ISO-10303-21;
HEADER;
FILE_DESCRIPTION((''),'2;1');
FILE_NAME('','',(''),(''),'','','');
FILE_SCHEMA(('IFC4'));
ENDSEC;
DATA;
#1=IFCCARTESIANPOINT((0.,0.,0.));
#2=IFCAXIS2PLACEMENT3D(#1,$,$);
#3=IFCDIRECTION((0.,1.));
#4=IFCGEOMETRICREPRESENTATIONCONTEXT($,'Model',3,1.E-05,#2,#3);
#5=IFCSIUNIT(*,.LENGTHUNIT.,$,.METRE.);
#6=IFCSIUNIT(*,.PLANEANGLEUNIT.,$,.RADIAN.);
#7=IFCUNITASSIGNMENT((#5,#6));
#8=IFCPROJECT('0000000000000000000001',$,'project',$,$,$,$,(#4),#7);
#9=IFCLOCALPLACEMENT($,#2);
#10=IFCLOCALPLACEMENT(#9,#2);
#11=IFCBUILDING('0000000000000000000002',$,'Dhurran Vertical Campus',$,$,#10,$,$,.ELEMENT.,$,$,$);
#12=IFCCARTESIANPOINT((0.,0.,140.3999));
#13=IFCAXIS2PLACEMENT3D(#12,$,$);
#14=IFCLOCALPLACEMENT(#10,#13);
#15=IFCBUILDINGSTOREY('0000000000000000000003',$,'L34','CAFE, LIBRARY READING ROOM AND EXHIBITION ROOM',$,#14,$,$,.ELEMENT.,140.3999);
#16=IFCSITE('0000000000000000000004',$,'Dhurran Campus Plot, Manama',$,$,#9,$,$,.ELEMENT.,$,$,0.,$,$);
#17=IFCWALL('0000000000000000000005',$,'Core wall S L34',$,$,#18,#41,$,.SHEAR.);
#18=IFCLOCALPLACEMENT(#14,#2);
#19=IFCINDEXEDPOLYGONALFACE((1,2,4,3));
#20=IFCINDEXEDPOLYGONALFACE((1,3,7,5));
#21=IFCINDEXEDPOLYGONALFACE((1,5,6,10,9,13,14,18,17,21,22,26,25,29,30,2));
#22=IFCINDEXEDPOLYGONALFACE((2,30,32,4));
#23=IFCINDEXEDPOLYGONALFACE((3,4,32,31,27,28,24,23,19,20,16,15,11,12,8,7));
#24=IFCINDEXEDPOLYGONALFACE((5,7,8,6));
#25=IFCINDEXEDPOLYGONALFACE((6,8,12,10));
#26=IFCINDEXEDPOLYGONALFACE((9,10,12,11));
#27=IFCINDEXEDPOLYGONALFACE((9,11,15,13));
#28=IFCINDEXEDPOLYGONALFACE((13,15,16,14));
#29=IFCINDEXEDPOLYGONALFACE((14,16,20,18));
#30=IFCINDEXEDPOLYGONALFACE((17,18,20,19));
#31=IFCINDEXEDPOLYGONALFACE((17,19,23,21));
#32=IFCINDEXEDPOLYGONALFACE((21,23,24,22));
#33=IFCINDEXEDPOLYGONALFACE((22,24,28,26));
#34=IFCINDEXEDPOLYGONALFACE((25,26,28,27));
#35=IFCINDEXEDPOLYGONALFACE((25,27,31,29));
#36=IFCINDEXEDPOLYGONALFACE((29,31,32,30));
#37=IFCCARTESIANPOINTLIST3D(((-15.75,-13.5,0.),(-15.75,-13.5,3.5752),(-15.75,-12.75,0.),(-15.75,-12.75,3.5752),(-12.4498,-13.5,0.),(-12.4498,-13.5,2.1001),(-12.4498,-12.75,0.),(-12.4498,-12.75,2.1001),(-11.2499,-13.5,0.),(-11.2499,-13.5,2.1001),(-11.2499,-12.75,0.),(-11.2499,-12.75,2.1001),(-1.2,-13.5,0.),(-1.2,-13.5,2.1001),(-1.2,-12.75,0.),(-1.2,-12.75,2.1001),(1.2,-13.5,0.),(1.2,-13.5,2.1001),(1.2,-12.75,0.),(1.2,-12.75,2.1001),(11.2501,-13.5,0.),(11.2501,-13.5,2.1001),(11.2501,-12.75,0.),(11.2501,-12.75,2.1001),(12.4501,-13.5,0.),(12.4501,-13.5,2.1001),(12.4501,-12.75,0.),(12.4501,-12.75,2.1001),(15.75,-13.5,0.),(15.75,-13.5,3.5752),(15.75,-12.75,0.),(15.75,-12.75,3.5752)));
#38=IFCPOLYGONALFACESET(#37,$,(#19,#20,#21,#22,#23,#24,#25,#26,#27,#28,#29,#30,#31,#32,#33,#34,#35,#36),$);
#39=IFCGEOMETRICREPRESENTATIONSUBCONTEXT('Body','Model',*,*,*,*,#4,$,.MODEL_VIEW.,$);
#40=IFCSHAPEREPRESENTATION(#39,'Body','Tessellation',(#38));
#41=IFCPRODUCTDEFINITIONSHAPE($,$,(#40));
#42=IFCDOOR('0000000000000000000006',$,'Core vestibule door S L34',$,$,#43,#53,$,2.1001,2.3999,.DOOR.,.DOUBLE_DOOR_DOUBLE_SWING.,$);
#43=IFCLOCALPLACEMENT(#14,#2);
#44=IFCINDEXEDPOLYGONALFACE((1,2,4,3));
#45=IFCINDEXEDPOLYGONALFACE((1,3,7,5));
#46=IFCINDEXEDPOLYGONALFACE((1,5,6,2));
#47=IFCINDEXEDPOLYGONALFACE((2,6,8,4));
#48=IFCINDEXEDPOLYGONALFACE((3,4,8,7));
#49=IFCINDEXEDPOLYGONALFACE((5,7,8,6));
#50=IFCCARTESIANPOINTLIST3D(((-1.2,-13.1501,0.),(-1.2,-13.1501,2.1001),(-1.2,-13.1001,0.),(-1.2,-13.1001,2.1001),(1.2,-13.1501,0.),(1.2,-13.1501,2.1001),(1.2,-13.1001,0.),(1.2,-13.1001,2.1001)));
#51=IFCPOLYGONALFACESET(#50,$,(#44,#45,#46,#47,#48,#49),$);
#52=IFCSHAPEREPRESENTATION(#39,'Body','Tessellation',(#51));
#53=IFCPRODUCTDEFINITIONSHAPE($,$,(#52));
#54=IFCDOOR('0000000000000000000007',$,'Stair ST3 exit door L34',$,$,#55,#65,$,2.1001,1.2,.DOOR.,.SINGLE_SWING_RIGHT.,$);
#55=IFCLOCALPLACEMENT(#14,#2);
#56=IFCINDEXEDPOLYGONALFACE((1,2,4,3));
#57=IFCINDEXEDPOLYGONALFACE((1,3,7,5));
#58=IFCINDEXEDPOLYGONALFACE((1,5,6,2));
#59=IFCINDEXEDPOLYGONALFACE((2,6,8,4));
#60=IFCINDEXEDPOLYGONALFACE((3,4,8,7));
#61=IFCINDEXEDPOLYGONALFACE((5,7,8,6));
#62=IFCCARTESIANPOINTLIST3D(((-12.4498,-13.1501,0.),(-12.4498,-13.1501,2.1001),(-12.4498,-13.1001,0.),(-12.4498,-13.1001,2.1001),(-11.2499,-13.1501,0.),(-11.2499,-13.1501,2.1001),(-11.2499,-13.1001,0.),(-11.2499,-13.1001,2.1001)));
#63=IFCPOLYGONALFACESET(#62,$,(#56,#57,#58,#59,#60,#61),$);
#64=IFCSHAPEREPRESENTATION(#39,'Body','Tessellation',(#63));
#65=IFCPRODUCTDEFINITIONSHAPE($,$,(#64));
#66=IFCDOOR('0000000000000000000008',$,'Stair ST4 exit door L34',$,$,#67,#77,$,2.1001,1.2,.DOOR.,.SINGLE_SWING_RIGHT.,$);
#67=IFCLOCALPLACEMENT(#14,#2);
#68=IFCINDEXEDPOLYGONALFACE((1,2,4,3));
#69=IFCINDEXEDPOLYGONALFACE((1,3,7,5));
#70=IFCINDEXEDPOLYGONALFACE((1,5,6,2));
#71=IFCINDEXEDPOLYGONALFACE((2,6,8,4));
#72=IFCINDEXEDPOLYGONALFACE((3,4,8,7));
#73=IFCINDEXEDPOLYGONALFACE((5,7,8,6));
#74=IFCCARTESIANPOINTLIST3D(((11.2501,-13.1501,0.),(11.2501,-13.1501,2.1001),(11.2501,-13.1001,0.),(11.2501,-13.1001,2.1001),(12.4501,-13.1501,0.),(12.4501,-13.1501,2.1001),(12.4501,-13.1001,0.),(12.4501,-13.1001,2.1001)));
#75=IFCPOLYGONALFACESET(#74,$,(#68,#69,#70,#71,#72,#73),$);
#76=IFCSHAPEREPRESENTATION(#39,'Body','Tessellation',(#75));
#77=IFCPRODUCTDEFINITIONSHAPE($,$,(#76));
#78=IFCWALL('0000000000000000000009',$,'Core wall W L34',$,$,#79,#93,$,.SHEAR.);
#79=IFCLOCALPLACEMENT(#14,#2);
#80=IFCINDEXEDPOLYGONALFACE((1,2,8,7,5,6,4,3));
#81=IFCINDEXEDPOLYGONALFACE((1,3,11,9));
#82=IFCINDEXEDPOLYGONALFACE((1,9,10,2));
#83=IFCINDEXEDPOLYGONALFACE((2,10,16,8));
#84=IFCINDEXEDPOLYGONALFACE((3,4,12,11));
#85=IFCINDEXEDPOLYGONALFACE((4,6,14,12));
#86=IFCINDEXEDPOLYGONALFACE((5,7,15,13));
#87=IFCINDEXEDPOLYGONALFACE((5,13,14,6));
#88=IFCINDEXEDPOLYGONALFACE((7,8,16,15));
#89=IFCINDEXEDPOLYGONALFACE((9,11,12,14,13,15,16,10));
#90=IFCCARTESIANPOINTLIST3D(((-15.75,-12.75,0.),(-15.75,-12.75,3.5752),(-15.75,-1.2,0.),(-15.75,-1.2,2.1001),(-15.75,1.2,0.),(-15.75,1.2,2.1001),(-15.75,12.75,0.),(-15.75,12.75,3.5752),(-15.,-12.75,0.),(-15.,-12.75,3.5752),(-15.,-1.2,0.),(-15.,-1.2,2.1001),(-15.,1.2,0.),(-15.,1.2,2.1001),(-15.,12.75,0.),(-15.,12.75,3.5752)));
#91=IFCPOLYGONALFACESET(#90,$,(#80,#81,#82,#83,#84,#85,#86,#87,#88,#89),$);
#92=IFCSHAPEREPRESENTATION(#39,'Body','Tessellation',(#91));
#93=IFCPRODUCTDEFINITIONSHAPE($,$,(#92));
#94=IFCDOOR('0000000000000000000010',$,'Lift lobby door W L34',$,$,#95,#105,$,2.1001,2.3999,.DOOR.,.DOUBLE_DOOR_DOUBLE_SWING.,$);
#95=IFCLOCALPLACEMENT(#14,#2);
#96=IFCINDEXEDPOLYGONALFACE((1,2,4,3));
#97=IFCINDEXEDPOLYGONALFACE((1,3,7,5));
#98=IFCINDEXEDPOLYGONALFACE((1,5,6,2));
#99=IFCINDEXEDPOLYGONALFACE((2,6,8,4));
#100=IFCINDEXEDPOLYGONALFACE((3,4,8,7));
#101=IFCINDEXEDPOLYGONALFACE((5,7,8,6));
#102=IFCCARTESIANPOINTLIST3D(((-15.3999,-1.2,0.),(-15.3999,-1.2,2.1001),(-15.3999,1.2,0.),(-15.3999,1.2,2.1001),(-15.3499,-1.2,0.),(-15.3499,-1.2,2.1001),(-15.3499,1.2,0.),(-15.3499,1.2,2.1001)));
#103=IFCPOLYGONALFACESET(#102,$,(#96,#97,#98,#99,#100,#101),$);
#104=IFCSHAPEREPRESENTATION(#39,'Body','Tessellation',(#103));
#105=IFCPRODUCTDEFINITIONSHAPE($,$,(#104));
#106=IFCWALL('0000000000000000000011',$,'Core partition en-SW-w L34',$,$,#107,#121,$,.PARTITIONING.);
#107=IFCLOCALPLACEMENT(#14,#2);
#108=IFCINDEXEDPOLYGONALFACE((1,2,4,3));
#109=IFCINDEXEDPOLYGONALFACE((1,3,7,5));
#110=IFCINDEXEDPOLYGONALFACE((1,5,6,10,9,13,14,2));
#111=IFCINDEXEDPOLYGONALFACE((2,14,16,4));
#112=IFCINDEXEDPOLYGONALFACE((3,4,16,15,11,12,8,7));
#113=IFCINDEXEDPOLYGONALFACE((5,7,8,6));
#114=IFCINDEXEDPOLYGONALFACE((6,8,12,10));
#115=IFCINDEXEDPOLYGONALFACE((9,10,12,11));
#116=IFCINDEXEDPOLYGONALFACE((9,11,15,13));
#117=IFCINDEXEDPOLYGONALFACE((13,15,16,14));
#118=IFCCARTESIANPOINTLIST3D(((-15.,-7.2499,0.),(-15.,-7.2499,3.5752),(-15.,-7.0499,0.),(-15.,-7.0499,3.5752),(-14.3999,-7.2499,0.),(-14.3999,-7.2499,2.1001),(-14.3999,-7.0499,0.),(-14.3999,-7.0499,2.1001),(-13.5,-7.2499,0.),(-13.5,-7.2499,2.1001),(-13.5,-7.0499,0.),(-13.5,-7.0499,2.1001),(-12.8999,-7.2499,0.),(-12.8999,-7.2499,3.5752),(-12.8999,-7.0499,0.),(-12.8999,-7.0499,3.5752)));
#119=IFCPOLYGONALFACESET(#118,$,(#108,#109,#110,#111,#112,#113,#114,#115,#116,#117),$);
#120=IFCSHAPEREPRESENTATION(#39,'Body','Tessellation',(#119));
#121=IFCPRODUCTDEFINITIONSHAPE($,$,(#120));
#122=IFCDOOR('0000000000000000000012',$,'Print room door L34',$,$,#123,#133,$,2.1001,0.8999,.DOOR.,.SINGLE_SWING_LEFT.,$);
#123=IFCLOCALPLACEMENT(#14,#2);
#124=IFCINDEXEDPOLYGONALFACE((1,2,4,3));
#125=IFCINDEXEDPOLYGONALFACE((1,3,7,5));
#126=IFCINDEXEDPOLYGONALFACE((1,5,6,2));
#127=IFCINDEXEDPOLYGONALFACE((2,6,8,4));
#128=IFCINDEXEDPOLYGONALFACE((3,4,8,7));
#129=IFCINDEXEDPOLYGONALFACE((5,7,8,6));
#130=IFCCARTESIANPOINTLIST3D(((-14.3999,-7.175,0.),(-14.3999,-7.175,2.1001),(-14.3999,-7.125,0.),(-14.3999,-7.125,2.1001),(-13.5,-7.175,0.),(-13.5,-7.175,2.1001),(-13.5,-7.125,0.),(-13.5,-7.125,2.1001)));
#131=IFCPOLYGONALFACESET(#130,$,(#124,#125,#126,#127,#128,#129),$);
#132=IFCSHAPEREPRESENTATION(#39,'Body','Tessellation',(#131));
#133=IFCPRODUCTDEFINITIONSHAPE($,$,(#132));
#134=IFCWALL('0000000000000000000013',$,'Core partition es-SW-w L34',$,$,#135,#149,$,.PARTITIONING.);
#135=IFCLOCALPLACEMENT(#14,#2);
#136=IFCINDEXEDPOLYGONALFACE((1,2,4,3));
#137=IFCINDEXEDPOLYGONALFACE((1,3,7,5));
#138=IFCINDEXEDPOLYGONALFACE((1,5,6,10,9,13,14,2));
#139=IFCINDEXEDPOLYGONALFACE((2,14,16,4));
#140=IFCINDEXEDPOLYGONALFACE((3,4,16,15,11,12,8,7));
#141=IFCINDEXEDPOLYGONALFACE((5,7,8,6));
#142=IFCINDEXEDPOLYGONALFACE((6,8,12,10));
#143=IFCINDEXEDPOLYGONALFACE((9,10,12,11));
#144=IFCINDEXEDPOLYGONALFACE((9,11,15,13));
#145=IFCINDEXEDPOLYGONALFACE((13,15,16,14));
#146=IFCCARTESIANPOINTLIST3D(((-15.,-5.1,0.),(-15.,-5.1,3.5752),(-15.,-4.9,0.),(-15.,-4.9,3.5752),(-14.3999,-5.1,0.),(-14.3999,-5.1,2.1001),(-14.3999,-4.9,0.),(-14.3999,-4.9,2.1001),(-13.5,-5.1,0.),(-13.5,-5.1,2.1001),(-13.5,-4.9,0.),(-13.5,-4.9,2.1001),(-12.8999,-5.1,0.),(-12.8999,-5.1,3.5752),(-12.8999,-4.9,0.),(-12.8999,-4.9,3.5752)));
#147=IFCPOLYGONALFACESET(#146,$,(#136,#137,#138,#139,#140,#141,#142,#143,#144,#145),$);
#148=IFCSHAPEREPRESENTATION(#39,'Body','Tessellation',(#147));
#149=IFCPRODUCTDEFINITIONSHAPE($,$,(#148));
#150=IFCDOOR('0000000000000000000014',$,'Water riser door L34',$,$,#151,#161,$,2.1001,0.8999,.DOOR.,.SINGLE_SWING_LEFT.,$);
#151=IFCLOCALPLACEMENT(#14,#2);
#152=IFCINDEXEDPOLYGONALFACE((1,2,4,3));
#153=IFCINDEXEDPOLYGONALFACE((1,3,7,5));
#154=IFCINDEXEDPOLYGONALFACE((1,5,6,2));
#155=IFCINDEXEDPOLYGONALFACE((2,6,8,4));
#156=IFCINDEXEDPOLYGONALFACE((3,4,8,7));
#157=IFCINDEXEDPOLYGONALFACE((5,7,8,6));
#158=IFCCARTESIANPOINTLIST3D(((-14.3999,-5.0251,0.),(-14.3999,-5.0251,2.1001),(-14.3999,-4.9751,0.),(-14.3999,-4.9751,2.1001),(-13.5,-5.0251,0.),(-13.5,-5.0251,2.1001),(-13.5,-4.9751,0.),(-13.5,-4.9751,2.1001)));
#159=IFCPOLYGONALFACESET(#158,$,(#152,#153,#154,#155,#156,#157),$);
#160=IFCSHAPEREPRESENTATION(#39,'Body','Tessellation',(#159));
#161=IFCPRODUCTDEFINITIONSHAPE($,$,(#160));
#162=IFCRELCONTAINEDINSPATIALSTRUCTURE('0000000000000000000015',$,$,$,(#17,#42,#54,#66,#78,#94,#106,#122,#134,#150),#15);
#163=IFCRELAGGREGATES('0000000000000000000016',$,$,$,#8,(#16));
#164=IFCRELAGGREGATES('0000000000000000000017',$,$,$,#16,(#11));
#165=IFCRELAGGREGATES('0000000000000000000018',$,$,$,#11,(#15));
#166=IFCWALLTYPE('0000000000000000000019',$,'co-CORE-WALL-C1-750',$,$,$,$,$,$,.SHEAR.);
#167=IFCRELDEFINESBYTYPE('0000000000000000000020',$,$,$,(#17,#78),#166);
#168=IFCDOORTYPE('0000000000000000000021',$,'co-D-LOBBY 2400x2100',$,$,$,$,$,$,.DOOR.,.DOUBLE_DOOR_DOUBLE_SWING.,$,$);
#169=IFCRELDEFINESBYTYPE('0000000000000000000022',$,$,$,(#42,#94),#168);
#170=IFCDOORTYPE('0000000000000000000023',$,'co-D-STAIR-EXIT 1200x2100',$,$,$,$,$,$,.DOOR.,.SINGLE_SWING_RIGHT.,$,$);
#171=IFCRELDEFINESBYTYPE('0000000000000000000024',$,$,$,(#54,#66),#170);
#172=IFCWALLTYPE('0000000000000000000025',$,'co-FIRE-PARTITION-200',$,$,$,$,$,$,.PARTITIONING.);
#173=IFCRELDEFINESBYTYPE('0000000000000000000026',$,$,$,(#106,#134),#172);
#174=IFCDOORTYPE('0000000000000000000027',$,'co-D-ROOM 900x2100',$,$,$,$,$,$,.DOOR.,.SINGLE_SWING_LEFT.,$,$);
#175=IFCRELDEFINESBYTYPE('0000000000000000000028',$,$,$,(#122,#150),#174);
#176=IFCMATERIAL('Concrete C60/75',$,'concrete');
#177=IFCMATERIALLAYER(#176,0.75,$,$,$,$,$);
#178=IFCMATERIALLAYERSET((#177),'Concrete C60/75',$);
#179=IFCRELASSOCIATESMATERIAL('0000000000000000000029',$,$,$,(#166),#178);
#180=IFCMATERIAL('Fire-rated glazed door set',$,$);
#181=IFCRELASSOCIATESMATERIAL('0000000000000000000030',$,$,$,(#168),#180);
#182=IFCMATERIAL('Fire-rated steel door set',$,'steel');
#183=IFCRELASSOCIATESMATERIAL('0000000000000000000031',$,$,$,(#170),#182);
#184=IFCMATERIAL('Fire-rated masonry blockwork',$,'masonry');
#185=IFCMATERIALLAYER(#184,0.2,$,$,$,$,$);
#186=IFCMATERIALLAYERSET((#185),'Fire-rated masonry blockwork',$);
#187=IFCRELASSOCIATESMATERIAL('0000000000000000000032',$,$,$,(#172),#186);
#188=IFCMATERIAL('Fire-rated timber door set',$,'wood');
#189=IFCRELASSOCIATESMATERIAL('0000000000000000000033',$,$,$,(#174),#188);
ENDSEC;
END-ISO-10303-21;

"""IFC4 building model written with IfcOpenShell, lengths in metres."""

from ifc_helpers import new_model, si_unit, direction, frame, frame_2d, origin, place, context, subcontext, project, spatial, rectangle, extrude, material, layer, layer_set, type_object, element, fill, save


model = new_model("IFC4")

# Units and contexts
model_context = context("Model", 3, precision=1e-05, world=origin(), true_north=direction((0.0, 1.0)))
body_context = subcontext(model_context, "Body", "Model", "MODEL_VIEW")
ifc_project = project(units=[si_unit("LENGTHUNIT", "METRE"), si_unit("PLANEANGLEUNIT", "RADIAN")], contexts=[model_context])

# Site, building, storey
site_placement = place(None, origin())
site = spatial("IfcSite", under=ifc_project, at=site_placement, Name="Dhurran Campus Plot, Manama", CompositionType="ELEMENT", RefElevation=0.0)
building_placement = place(site_placement, origin())
building = spatial("IfcBuilding", under=site, at=building_placement, Name="Dhurran Vertical Campus", CompositionType="ELEMENT")
storey_placement = place(building_placement, frame((0.0, 0.0, 140.3999)))
storey = spatial("IfcBuildingStorey", under=building, at=storey_placement, Name="L34", Description="CAFE, LIBRARY READING ROOM AND EXHIBITION ROOM", CompositionType="ELEMENT", Elevation=140.3999)

# Wall, openings, doors
ifc_material_1 = material(Name="Concrete C60/75", Category="concrete")
ifc_layer_1 = layer(ifc_material_1, 0.75)
ifc_layer_set_1 = layer_set([ifc_layer_1], Name="Concrete C60/75")
wall_type_1 = type_object("IfcWallType", Name="co-CORE-WALL-C1-750", PredefinedType="SHEAR", material=ifc_layer_set_1)
wall_1_placement = place(storey_placement, frame((-15.75, -13.125, 0.0), z_axis=(0.0, 0.0, 1.0), x_axis=(1.0, 0.0, 0.0)))
wall_1 = element("IfcWall", 1, at=wall_1_placement, inside=storey, type_object=wall_type_1, Name="Core wall S L34", PredefinedType="SHEAR", context=body_context, shape_type="SweptSolid", body=[
    extrude(rectangle(XDim=31.5, YDim=0.75, at=frame_2d((15.75, 0.0))), origin(), (0.0, 0.0, 1.0), 3.5752),
])
opening_1_placement = place(wall_1_placement, frame((14.55, 0.0, 0.0)))
opening_1 = element("IfcOpeningElement", 2, at=opening_1_placement, cuts=wall_1, PredefinedType="OPENING", context=body_context, shape_type="SweptSolid", body=[
    extrude(rectangle(XDim=2.3999, YDim=2.1001, at=frame_2d((1.2, 1.05))), frame((0.0, 0.385, 0.0), z_axis=(0.0, -1.0, 0.0), x_axis=(1.0, 0.0, 0.0)), (0.0, 0.0, 1.0), 0.77),
])
opening_2_placement = place(wall_1_placement, frame((3.3, 0.0, 0.0)))
opening_2 = element("IfcOpeningElement", 3, at=opening_2_placement, cuts=wall_1, PredefinedType="OPENING", context=body_context, shape_type="SweptSolid", body=[
    extrude(rectangle(XDim=1.2, YDim=2.1001, at=frame_2d((0.6001, 1.05))), frame((0.0, 0.385, 0.0), z_axis=(0.0, -1.0, 0.0), x_axis=(1.0, 0.0, 0.0)), (0.0, 0.0, 1.0), 0.77),
])
opening_3_placement = place(wall_1_placement, frame((27.0, 0.0, 0.0)))
opening_3 = element("IfcOpeningElement", 4, at=opening_3_placement, cuts=wall_1, PredefinedType="OPENING", context=body_context, shape_type="SweptSolid", body=[
    extrude(rectangle(XDim=1.2, YDim=2.1001, at=frame_2d((0.6001, 1.05))), frame((0.0, 0.385, 0.0), z_axis=(0.0, -1.0, 0.0), x_axis=(1.0, 0.0, 0.0)), (0.0, 0.0, 1.0), 0.77),
])
ifc_material_2 = material(Name="Fire-rated glazed door set")
door_type_1 = type_object("IfcDoorType", Name="co-D-LOBBY 2400x2100", OperationType="DOUBLE_DOOR_DOUBLE_SWING", PredefinedType="DOOR", material=ifc_material_2)
door_1_placement = place(opening_1_placement, origin())
door_1 = element("IfcDoor", 5, at=door_1_placement, inside=storey, type_object=door_type_1, Name="Core vestibule door S L34", OperationType="DOUBLE_DOOR_DOUBLE_SWING", OverallHeight=2.1001, OverallWidth=2.3999, PredefinedType="DOOR", context=body_context, shape_type="SweptSolid", body=[
    extrude(rectangle(XDim=2.3999, YDim=2.1001, at=frame_2d((1.2, 1.05))), frame((0.0, 0.0249, 0.0), z_axis=(0.0, -1.0, 0.0), x_axis=(1.0, 0.0, 0.0)), (0.0, 0.0, 1.0), 0.05),
])
fill(opening_1, door_1)
ifc_material_3 = material(Name="Fire-rated steel door set", Category="steel")
door_type_2 = type_object("IfcDoorType", Name="co-D-STAIR-EXIT 1200x2100", OperationType="SINGLE_SWING_RIGHT", PredefinedType="DOOR", material=ifc_material_3)
door_2_placement = place(opening_2_placement, origin())
door_2 = element("IfcDoor", 6, at=door_2_placement, inside=storey, type_object=door_type_2, Name="Stair ST3 exit door L34", OperationType="SINGLE_SWING_RIGHT", OverallHeight=2.1001, OverallWidth=1.2, PredefinedType="DOOR", context=body_context, shape_type="SweptSolid", body=[
    extrude(rectangle(XDim=1.2, YDim=2.1001, at=frame_2d((0.6001, 1.05))), frame((0.0, 0.0249, 0.0), z_axis=(0.0, -1.0, 0.0), x_axis=(1.0, 0.0, 0.0)), (0.0, 0.0, 1.0), 0.05),
])
fill(opening_2, door_2)
door_3_placement = place(opening_3_placement, origin())
door_3 = element("IfcDoor", 7, at=door_3_placement, inside=storey, type_object=door_type_2, Name="Stair ST4 exit door L34", OperationType="SINGLE_SWING_RIGHT", OverallHeight=2.1001, OverallWidth=1.2, PredefinedType="DOOR", context=body_context, shape_type="SweptSolid", body=[
    extrude(rectangle(XDim=1.2, YDim=2.1001, at=frame_2d((0.6001, 1.05))), frame((0.0, 0.0249, 0.0), z_axis=(0.0, -1.0, 0.0), x_axis=(1.0, 0.0, 0.0)), (0.0, 0.0, 1.0), 0.05),
])
fill(opening_3, door_3)

# Walls, openings, doors
wall_2_placement = place(storey_placement, frame((-15.375, -12.75, 0.0), z_axis=(0.0, 0.0, 1.0), x_axis=(0.0, 1.0, 0.0)))
wall_2 = element("IfcWall", 8, at=wall_2_placement, inside=storey, type_object=wall_type_1, Name="Core wall W L34", PredefinedType="SHEAR", context=body_context, shape_type="SweptSolid", body=[
    extrude(rectangle(XDim=25.5, YDim=0.75, at=frame_2d((12.75, 0.0))), origin(), (0.0, 0.0, 1.0), 3.5752),
])
opening_4_placement = place(wall_2_placement, frame((11.55, 0.0, 0.0)))
opening_4 = element("IfcOpeningElement", 9, at=opening_4_placement, cuts=wall_2, PredefinedType="OPENING", context=body_context, shape_type="SweptSolid", body=[
    extrude(rectangle(XDim=2.3999, YDim=2.1001, at=frame_2d((1.2, 1.05))), frame((0.0, 0.385, 0.0), z_axis=(0.0, -1.0, 0.0), x_axis=(1.0, 0.0, 0.0)), (0.0, 0.0, 1.0), 0.77),
])
door_4_placement = place(opening_4_placement, origin())
door_4 = element("IfcDoor", 10, at=door_4_placement, inside=storey, type_object=door_type_1, Name="Lift lobby door W L34", OperationType="DOUBLE_DOOR_DOUBLE_SWING", OverallHeight=2.1001, OverallWidth=2.3999, PredefinedType="DOOR", context=body_context, shape_type="SweptSolid", body=[
    extrude(rectangle(XDim=2.3999, YDim=2.1001, at=frame_2d((1.2, 1.05))), frame((0.0, 0.0249, 0.0), z_axis=(0.0, -1.0, 0.0), x_axis=(1.0, 0.0, 0.0)), (0.0, 0.0, 1.0), 0.05),
])
fill(opening_4, door_4)
ifc_material_4 = material(Name="Fire-rated masonry blockwork", Category="masonry")
ifc_layer_2 = layer(ifc_material_4, 0.2)
ifc_layer_set_2 = layer_set([ifc_layer_2], Name="Fire-rated masonry blockwork")
wall_type_2 = type_object("IfcWallType", Name="co-FIRE-PARTITION-200", PredefinedType="PARTITIONING", material=ifc_layer_set_2)
wall_3_placement = place(storey_placement, frame((-15.0, -7.1499, 0.0), z_axis=(0.0, 0.0, 1.0), x_axis=(1.0, 0.0, 0.0)))
wall_3 = element("IfcWall", 11, at=wall_3_placement, inside=storey, type_object=wall_type_2, Name="Core partition en-SW-w L34", PredefinedType="PARTITIONING", context=body_context, shape_type="SweptSolid", body=[
    extrude(rectangle(XDim=2.1001, YDim=0.2, at=frame_2d((1.05, 0.0))), origin(), (0.0, 0.0, 1.0), 3.5752),
])
opening_5_placement = place(wall_3_placement, frame((0.6001, 0.0, 0.0)))
opening_5 = element("IfcOpeningElement", 12, at=opening_5_placement, cuts=wall_3, PredefinedType="OPENING", context=body_context, shape_type="SweptSolid", body=[
    extrude(rectangle(XDim=0.8999, YDim=2.1001, at=frame_2d((0.45, 1.05))), frame((0.0, 0.1099, 0.0), z_axis=(0.0, -1.0, 0.0), x_axis=(1.0, 0.0, 0.0)), (0.0, 0.0, 1.0), 0.22),
])
ifc_material_5 = material(Name="Fire-rated timber door set", Category="wood")
door_type_3 = type_object("IfcDoorType", Name="co-D-ROOM 900x2100", OperationType="SINGLE_SWING_LEFT", PredefinedType="DOOR", material=ifc_material_5)
door_5_placement = place(opening_5_placement, origin())
door_5 = element("IfcDoor", 13, at=door_5_placement, inside=storey, type_object=door_type_3, Name="Print room door L34", OperationType="SINGLE_SWING_LEFT", OverallHeight=2.1001, OverallWidth=0.8999, PredefinedType="DOOR", context=body_context, shape_type="SweptSolid", body=[
    extrude(rectangle(XDim=0.8999, YDim=2.1001, at=frame_2d((0.45, 1.05))), frame((0.0, 0.0249, 0.0), z_axis=(0.0, -1.0, 0.0), x_axis=(1.0, 0.0, 0.0)), (0.0, 0.0, 1.0), 0.05),
])
fill(opening_5, door_5)
wall_4_placement = place(storey_placement, frame((-15.0, -5.0, 0.0), z_axis=(0.0, 0.0, 1.0), x_axis=(1.0, 0.0, 0.0)))
wall_4 = element("IfcWall", 14, at=wall_4_placement, inside=storey, type_object=wall_type_2, Name="Core partition es-SW-w L34", PredefinedType="PARTITIONING", context=body_context, shape_type="SweptSolid", body=[
    extrude(rectangle(XDim=2.1001, YDim=0.2, at=frame_2d((1.05, 0.0))), origin(), (0.0, 0.0, 1.0), 3.5752),
])
opening_6_placement = place(wall_4_placement, frame((0.6001, 0.0, 0.0)))
opening_6 = element("IfcOpeningElement", 15, at=opening_6_placement, cuts=wall_4, PredefinedType="OPENING", context=body_context, shape_type="SweptSolid", body=[
    extrude(rectangle(XDim=0.8999, YDim=2.1001, at=frame_2d((0.45, 1.05))), frame((0.0, 0.1099, 0.0), z_axis=(0.0, -1.0, 0.0), x_axis=(1.0, 0.0, 0.0)), (0.0, 0.0, 1.0), 0.22),
])
door_6_placement = place(opening_6_placement, origin())
door_6 = element("IfcDoor", 16, at=door_6_placement, inside=storey, type_object=door_type_3, Name="Water riser door L34", OperationType="SINGLE_SWING_LEFT", OverallHeight=2.1001, OverallWidth=0.8999, PredefinedType="DOOR", context=body_context, shape_type="SweptSolid", body=[
    extrude(rectangle(XDim=0.8999, YDim=2.1001, at=frame_2d((0.45, 1.05))), frame((0.0, 0.0249, 0.0), z_axis=(0.0, -1.0, 0.0), x_axis=(1.0, 0.0, 0.0)), (0.0, 0.0, 1.0), 0.05),
])
fill(opening_6, door_6)

save(model, "model.ifc")
